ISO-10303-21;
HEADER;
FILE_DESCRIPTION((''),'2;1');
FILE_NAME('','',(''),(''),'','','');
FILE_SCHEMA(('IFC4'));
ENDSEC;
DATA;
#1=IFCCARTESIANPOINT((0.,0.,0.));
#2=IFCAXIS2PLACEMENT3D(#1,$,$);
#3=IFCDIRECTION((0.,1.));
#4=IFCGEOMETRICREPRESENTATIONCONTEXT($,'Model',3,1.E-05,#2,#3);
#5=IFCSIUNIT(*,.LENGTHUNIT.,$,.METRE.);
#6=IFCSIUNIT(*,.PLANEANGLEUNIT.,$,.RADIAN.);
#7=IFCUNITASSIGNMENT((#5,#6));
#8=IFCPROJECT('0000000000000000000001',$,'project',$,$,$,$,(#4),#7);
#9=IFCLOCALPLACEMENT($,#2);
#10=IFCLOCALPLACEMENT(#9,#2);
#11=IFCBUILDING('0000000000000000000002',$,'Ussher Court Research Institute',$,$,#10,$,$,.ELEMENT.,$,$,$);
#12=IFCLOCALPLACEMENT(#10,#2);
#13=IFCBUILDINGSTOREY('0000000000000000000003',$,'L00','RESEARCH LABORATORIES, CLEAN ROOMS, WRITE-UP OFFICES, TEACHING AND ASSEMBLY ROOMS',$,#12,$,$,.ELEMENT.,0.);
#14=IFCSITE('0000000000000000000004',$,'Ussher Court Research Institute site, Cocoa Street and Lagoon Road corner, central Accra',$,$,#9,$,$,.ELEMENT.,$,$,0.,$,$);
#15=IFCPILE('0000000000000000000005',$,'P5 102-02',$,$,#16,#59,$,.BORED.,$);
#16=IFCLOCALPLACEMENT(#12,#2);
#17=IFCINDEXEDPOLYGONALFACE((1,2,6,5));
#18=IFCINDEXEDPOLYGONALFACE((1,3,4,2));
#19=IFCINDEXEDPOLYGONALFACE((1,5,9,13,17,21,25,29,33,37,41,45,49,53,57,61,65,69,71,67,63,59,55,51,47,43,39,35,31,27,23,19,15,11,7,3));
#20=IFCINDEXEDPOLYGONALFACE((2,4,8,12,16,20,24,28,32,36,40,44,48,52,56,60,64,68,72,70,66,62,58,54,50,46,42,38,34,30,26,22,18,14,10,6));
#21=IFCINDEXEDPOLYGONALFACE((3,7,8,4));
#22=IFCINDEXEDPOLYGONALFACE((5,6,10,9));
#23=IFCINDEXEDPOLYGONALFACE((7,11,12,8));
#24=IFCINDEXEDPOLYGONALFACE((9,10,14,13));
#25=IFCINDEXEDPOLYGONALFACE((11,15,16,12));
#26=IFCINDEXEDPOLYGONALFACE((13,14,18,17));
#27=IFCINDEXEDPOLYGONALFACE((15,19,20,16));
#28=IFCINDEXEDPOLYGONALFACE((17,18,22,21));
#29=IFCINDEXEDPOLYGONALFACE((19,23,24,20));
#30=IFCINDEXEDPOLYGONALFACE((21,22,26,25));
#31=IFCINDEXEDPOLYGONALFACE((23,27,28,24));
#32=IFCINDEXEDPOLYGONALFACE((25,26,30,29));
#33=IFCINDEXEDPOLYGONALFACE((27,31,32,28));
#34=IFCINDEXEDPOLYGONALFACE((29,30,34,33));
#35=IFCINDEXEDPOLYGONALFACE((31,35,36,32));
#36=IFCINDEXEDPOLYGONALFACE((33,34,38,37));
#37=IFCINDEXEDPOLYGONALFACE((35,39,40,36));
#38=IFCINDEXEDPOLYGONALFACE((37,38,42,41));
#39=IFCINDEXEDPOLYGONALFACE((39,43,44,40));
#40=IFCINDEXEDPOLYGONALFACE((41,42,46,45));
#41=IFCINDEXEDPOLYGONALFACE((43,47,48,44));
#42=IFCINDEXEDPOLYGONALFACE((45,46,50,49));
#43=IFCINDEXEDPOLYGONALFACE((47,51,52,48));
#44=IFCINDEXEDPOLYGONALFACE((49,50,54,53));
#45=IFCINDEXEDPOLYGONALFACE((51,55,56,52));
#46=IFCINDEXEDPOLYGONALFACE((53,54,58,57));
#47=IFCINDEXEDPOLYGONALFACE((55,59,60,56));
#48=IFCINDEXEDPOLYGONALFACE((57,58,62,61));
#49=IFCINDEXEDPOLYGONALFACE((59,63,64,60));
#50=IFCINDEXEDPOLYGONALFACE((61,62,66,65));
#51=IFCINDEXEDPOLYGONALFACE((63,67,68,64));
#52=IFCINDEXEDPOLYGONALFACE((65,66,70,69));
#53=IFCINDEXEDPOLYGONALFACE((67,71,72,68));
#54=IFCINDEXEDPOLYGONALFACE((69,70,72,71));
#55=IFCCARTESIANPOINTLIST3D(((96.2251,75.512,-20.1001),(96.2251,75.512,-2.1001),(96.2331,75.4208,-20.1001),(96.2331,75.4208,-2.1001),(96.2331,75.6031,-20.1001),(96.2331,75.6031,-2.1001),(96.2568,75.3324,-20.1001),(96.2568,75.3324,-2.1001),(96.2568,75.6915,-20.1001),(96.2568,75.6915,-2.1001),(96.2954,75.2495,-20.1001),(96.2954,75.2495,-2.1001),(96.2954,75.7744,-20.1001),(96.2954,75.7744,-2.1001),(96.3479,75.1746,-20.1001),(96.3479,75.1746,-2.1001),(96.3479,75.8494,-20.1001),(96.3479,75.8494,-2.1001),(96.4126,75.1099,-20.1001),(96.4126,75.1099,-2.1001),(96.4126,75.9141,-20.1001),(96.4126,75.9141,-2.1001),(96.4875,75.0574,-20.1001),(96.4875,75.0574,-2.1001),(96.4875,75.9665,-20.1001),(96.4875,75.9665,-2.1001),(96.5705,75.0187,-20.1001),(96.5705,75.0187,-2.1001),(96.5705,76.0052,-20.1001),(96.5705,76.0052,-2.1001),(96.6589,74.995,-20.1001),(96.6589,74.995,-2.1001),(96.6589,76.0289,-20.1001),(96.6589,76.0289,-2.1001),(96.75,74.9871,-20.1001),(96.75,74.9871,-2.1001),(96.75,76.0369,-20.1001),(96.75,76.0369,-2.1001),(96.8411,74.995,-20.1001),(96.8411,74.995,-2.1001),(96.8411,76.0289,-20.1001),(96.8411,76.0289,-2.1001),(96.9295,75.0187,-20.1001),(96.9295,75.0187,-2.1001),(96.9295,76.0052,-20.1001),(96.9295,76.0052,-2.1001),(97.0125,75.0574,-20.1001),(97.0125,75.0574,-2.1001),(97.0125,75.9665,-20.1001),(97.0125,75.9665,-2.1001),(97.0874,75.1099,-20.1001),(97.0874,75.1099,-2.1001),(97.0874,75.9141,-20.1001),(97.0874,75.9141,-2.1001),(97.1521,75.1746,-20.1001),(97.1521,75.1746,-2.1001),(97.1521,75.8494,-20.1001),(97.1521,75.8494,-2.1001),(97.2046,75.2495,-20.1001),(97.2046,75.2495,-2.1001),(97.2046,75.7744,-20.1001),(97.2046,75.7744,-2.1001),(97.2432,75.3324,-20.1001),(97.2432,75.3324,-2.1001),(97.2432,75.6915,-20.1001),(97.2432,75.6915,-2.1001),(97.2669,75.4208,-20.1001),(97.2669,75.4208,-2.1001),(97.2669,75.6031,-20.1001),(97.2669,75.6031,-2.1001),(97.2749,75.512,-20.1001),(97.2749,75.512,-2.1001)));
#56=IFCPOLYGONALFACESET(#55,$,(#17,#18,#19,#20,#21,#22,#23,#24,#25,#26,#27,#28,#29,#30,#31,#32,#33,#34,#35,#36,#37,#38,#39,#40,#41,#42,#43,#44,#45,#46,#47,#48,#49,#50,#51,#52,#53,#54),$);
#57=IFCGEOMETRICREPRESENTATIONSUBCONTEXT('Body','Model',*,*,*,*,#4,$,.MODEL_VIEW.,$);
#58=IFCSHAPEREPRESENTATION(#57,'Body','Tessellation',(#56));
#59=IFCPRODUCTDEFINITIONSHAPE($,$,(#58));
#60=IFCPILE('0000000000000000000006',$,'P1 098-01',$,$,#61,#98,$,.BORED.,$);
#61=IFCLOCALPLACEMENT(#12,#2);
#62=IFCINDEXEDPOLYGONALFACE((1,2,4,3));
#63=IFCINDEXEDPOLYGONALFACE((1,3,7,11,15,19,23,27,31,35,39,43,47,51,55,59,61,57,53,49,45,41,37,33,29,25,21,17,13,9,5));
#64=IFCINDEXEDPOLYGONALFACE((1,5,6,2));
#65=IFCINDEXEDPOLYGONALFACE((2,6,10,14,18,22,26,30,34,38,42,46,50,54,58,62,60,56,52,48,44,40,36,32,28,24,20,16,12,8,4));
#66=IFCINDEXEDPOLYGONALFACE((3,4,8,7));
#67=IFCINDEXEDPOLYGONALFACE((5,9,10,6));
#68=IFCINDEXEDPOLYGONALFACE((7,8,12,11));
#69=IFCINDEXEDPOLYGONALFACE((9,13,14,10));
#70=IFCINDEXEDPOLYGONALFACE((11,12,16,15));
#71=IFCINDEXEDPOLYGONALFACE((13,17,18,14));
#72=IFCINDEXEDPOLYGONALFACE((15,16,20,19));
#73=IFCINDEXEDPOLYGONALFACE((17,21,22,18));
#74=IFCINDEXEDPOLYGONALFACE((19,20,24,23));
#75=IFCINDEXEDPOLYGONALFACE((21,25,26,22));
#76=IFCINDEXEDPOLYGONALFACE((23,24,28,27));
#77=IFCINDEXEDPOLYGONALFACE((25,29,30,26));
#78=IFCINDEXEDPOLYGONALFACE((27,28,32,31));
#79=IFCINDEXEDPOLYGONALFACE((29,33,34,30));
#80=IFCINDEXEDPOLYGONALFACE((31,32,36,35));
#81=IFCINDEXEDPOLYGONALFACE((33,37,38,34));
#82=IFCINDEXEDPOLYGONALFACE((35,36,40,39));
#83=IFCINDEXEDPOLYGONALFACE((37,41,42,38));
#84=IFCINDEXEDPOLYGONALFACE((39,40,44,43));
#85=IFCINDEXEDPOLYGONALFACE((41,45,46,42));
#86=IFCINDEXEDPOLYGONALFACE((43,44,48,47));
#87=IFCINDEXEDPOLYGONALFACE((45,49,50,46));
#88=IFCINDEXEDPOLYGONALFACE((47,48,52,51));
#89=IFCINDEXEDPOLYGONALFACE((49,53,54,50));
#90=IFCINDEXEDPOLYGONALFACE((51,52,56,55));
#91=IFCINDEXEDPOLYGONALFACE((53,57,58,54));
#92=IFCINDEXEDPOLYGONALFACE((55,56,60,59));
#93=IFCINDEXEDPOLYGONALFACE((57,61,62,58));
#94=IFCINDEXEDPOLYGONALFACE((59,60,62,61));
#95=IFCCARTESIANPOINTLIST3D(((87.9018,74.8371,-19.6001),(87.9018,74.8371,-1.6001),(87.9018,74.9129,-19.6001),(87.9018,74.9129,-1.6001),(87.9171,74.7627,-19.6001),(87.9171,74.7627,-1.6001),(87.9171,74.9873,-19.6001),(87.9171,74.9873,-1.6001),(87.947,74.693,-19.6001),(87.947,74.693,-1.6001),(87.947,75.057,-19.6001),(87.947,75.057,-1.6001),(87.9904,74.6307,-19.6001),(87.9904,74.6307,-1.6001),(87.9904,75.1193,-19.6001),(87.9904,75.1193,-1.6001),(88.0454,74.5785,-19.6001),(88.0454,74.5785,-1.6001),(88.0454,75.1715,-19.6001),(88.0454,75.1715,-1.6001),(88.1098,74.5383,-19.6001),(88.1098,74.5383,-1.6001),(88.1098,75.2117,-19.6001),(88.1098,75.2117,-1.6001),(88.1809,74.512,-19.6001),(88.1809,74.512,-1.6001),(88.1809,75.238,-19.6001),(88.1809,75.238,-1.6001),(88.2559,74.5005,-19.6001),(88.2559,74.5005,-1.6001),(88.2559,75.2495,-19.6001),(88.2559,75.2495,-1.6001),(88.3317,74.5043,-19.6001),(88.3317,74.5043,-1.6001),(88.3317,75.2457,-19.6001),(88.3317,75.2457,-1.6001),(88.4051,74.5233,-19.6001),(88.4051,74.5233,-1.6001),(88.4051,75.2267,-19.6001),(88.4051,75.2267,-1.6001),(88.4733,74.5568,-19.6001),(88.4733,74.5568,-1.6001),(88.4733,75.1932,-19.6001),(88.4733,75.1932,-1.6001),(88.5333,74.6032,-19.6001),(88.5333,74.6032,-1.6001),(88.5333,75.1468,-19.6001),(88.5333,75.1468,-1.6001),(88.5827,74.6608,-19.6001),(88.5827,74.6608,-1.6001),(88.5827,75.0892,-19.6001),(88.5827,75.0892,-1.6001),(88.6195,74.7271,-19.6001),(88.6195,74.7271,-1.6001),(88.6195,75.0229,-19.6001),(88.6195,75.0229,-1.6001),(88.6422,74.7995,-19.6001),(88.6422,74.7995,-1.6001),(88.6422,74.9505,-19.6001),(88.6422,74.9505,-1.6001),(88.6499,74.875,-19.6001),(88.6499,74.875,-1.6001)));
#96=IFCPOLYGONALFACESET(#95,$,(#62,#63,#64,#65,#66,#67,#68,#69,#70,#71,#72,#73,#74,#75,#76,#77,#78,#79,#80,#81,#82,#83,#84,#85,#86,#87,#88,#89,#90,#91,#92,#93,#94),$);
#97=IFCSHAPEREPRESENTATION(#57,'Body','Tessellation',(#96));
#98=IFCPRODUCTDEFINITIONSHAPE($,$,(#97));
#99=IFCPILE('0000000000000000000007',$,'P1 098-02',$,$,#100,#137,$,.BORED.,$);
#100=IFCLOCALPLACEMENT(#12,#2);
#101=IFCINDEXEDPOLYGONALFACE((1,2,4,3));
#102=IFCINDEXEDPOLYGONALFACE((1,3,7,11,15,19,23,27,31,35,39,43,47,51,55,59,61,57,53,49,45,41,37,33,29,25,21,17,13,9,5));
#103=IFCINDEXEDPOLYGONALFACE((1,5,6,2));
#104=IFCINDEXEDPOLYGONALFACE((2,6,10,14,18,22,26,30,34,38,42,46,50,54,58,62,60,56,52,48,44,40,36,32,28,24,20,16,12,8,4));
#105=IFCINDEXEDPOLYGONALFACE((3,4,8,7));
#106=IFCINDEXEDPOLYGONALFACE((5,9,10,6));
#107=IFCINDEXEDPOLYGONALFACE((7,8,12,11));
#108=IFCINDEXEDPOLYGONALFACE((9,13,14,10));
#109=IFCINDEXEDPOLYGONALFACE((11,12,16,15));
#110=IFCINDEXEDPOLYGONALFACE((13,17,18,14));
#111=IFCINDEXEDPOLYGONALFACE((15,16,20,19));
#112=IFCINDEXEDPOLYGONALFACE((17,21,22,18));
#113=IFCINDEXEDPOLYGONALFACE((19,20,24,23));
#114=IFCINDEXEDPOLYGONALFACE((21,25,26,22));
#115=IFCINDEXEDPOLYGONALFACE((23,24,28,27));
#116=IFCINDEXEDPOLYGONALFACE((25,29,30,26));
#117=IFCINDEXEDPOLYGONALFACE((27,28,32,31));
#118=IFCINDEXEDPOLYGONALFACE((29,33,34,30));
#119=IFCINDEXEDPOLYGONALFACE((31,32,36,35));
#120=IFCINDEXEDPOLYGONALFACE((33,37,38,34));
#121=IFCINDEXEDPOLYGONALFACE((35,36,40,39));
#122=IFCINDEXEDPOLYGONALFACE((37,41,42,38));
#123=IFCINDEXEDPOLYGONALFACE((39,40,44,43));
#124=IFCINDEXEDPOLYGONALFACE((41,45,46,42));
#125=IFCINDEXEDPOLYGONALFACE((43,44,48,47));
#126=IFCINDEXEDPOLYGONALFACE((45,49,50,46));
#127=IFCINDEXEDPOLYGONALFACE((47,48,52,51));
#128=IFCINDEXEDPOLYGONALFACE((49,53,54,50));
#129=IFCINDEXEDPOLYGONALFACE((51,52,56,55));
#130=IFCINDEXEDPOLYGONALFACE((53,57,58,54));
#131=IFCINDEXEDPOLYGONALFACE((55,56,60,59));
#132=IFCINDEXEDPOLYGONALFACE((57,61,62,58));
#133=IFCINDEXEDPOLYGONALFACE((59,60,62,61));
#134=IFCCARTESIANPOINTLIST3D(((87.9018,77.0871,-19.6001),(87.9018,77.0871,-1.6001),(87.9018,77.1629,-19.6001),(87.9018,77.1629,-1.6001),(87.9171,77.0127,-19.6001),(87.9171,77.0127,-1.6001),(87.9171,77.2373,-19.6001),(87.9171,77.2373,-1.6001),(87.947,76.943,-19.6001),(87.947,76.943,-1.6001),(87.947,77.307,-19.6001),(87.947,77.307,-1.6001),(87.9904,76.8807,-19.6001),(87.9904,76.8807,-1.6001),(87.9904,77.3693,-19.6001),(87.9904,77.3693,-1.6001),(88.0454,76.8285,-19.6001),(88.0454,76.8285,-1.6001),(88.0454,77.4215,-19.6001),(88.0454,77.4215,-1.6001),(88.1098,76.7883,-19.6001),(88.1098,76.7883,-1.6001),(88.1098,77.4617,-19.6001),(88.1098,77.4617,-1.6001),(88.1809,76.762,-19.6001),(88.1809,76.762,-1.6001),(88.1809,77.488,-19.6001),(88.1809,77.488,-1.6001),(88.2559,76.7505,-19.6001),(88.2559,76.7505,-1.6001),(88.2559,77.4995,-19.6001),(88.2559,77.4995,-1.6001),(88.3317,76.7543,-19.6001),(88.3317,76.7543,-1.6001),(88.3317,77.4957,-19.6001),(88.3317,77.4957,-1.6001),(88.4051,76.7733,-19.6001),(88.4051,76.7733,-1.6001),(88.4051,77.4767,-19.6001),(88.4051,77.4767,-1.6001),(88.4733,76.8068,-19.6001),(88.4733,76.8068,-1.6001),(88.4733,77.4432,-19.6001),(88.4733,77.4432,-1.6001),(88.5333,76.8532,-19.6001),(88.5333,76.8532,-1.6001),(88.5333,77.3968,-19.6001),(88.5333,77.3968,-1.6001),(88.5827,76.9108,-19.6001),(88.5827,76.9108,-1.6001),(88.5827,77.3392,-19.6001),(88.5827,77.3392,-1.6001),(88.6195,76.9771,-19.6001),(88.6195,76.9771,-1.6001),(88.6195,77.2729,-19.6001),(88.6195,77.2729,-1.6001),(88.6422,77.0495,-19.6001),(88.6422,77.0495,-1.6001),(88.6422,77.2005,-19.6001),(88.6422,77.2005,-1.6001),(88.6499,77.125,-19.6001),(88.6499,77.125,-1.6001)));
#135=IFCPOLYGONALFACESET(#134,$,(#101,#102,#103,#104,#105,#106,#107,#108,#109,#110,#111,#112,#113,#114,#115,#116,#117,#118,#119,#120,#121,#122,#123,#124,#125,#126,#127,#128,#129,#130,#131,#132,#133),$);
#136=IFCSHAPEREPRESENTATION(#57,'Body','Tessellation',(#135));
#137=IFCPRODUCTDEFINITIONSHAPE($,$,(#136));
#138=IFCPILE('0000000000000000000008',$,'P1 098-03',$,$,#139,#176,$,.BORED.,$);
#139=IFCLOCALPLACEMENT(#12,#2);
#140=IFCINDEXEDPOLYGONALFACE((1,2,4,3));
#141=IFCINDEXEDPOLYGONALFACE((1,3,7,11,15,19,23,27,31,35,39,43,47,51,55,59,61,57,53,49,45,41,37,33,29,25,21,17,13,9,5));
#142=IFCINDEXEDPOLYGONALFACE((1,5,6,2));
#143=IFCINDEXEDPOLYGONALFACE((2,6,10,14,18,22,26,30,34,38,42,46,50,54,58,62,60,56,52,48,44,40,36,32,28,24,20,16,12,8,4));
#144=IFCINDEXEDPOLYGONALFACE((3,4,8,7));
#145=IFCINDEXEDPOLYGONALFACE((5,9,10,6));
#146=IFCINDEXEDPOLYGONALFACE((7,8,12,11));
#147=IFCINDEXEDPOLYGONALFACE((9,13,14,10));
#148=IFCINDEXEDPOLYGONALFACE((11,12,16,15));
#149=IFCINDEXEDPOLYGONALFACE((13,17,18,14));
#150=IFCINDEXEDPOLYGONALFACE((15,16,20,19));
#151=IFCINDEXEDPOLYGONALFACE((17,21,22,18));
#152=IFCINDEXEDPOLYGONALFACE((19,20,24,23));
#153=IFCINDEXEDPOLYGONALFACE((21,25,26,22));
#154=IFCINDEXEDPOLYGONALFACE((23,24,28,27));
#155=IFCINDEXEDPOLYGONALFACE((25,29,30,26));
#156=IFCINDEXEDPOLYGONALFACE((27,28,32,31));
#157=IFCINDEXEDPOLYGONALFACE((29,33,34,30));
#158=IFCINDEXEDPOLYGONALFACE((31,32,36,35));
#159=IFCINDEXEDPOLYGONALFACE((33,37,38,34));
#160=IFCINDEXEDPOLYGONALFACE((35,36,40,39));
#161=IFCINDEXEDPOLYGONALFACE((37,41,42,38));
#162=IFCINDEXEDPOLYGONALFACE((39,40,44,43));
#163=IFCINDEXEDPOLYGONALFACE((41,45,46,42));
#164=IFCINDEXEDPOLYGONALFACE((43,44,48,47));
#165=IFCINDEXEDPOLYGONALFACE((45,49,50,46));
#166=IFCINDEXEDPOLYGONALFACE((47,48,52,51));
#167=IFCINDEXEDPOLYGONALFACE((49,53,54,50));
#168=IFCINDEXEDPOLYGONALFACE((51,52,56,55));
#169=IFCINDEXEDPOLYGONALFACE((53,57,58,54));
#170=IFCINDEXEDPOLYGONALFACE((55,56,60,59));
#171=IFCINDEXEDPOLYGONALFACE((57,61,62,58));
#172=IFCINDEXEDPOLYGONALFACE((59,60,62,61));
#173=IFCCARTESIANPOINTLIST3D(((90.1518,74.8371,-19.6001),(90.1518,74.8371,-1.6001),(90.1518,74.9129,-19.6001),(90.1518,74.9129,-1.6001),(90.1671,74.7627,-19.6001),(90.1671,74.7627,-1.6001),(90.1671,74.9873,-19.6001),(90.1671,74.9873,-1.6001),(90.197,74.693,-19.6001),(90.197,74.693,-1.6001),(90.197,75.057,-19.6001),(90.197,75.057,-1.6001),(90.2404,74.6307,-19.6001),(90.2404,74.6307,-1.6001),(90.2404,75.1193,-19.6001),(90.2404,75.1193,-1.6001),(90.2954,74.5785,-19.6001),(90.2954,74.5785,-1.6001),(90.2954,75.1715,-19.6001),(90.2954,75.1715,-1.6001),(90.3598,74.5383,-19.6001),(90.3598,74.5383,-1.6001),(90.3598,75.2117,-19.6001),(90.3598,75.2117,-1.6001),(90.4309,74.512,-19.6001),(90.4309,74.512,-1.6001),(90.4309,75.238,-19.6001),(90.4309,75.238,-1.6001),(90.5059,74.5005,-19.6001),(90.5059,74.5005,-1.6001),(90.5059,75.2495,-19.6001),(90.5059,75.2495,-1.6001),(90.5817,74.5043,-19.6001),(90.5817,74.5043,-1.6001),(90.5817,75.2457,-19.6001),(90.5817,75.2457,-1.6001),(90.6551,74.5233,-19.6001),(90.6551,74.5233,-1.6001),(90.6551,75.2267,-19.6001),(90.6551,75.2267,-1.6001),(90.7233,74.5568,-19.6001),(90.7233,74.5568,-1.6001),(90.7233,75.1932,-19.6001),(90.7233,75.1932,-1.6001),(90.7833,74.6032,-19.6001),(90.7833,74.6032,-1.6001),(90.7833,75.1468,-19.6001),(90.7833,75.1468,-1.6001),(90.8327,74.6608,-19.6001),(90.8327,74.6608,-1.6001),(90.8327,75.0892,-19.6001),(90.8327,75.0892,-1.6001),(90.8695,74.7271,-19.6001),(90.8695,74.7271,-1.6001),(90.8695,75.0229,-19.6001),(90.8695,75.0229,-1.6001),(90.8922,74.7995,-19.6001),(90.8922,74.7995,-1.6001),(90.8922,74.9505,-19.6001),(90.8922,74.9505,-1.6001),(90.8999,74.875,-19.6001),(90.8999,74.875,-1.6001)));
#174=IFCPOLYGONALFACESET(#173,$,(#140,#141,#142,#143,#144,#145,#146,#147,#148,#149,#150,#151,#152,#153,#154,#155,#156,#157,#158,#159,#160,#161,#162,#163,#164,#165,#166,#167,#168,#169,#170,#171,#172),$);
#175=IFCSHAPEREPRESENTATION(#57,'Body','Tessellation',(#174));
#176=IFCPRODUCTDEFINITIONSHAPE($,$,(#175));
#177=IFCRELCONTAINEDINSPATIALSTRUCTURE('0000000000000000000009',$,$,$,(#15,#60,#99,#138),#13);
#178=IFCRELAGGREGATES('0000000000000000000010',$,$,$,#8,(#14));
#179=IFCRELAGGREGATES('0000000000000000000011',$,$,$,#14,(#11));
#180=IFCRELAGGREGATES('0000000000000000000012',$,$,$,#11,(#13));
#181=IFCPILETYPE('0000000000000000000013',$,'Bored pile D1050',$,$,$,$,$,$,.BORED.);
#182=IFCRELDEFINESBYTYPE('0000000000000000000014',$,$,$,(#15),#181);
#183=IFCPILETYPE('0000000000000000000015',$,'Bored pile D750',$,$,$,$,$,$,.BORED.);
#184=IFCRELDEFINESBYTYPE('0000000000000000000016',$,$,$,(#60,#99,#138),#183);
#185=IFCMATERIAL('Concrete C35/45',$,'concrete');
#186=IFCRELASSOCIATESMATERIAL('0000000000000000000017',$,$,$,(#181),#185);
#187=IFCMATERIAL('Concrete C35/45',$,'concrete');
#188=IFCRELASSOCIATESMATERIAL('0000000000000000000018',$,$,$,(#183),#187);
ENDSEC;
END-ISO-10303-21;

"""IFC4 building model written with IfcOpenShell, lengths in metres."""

from ifc_helpers import new_model, si_unit, direction, frame, origin, origin_2d, place, context, subcontext, project, spatial, circle, extrude, material, material_profile, profile_set, type_object, element, save


model = new_model("IFC4")

# Units and contexts
model_context = context("Model", 3, precision=1e-05, world=origin(), true_north=direction((0.0, 1.0)))
body_context = subcontext(model_context, "Body", "Model", "MODEL_VIEW")
ifc_project = project(units=[si_unit("LENGTHUNIT", "METRE"), si_unit("PLANEANGLEUNIT", "RADIAN")], contexts=[model_context])

# Site, building, storey
site_placement = place(None, origin())
site = spatial("IfcSite", under=ifc_project, at=site_placement, Name="Ussher Court Research Institute site, Cocoa Street and Lagoon Road corner, central Accra", CompositionType="ELEMENT", RefElevation=0.0)
building_placement = place(site_placement, origin())
building = spatial("IfcBuilding", under=site, at=building_placement, Name="Ussher Court Research Institute", CompositionType="ELEMENT")
storey_placement = place(building_placement, origin())
storey = spatial("IfcBuildingStorey", under=building, at=storey_placement, Name="L00", Description="RESEARCH LABORATORIES, CLEAN ROOMS, WRITE-UP OFFICES, TEACHING AND ASSEMBLY ROOMS", CompositionType="ELEMENT", Elevation=0.0)

# Piles
ifc_material_1 = material(Name="Concrete C35/45", Category="concrete")
ifc_material_profile_1 = material_profile(ifc_material_1, circle(Radius=0.5249, at=origin_2d()), Name="RC D1050")
ifc_profile_set_1 = profile_set([ifc_material_profile_1], Name="Concrete C35/45")
pile_type_1 = type_object("IfcPileType", Name="Bored pile D1050", PredefinedType="BORED", material=ifc_profile_set_1)
pile_placement = place(storey_placement, frame((96.75, 75.512, -2.1001), z_axis=(0.0, 0.0, -1.0), x_axis=(1.0, 0.0, 0.0)))
element("IfcPile", 1, at=pile_placement, inside=storey, type_object=pile_type_1, Name="P5 102-02", PredefinedType="BORED", context=body_context, shape_type="SweptSolid", body=[
    extrude(circle(Radius=0.5249, at=origin_2d()), origin(), (0.0, 0.0, 1.0), 18.0),
])
ifc_material_2 = material(Name="Concrete C35/45", Category="concrete")
ifc_material_profile_2 = material_profile(ifc_material_2, circle(Radius=0.375, at=origin_2d()), Name="RC D750")
ifc_profile_set_2 = profile_set([ifc_material_profile_2], Name="Concrete C35/45")
pile_type_2 = type_object("IfcPileType", Name="Bored pile D750", PredefinedType="BORED", material=ifc_profile_set_2)
for number, where, z_axis, x_axis, name in (
    (2, (88.2749, 74.875, -1.6001), (0.0, 0.0, -1.0), (1.0, 0.0, 0.0), "P1 098-01"),
    (3, (88.2749, 77.125, -1.6001), (0.0, 0.0, -1.0), (1.0, 0.0, 0.0), "P1 098-02"),
    (4, (90.5249, 74.875, -1.6001), (0.0, 0.0, -1.0), (1.0, 0.0, 0.0), "P1 098-03"),
):
    element("IfcPile", number, at=place(storey_placement, frame(where, z_axis=z_axis, x_axis=x_axis)), inside=storey, type_object=pile_type_2, Name=name, PredefinedType="BORED", context=body_context, shape_type="SweptSolid", body=[
        extrude(circle(Radius=0.375, at=origin_2d()), origin(), (0.0, 0.0, 1.0), 18.0),
    ])

save(model, "model.ifc")
